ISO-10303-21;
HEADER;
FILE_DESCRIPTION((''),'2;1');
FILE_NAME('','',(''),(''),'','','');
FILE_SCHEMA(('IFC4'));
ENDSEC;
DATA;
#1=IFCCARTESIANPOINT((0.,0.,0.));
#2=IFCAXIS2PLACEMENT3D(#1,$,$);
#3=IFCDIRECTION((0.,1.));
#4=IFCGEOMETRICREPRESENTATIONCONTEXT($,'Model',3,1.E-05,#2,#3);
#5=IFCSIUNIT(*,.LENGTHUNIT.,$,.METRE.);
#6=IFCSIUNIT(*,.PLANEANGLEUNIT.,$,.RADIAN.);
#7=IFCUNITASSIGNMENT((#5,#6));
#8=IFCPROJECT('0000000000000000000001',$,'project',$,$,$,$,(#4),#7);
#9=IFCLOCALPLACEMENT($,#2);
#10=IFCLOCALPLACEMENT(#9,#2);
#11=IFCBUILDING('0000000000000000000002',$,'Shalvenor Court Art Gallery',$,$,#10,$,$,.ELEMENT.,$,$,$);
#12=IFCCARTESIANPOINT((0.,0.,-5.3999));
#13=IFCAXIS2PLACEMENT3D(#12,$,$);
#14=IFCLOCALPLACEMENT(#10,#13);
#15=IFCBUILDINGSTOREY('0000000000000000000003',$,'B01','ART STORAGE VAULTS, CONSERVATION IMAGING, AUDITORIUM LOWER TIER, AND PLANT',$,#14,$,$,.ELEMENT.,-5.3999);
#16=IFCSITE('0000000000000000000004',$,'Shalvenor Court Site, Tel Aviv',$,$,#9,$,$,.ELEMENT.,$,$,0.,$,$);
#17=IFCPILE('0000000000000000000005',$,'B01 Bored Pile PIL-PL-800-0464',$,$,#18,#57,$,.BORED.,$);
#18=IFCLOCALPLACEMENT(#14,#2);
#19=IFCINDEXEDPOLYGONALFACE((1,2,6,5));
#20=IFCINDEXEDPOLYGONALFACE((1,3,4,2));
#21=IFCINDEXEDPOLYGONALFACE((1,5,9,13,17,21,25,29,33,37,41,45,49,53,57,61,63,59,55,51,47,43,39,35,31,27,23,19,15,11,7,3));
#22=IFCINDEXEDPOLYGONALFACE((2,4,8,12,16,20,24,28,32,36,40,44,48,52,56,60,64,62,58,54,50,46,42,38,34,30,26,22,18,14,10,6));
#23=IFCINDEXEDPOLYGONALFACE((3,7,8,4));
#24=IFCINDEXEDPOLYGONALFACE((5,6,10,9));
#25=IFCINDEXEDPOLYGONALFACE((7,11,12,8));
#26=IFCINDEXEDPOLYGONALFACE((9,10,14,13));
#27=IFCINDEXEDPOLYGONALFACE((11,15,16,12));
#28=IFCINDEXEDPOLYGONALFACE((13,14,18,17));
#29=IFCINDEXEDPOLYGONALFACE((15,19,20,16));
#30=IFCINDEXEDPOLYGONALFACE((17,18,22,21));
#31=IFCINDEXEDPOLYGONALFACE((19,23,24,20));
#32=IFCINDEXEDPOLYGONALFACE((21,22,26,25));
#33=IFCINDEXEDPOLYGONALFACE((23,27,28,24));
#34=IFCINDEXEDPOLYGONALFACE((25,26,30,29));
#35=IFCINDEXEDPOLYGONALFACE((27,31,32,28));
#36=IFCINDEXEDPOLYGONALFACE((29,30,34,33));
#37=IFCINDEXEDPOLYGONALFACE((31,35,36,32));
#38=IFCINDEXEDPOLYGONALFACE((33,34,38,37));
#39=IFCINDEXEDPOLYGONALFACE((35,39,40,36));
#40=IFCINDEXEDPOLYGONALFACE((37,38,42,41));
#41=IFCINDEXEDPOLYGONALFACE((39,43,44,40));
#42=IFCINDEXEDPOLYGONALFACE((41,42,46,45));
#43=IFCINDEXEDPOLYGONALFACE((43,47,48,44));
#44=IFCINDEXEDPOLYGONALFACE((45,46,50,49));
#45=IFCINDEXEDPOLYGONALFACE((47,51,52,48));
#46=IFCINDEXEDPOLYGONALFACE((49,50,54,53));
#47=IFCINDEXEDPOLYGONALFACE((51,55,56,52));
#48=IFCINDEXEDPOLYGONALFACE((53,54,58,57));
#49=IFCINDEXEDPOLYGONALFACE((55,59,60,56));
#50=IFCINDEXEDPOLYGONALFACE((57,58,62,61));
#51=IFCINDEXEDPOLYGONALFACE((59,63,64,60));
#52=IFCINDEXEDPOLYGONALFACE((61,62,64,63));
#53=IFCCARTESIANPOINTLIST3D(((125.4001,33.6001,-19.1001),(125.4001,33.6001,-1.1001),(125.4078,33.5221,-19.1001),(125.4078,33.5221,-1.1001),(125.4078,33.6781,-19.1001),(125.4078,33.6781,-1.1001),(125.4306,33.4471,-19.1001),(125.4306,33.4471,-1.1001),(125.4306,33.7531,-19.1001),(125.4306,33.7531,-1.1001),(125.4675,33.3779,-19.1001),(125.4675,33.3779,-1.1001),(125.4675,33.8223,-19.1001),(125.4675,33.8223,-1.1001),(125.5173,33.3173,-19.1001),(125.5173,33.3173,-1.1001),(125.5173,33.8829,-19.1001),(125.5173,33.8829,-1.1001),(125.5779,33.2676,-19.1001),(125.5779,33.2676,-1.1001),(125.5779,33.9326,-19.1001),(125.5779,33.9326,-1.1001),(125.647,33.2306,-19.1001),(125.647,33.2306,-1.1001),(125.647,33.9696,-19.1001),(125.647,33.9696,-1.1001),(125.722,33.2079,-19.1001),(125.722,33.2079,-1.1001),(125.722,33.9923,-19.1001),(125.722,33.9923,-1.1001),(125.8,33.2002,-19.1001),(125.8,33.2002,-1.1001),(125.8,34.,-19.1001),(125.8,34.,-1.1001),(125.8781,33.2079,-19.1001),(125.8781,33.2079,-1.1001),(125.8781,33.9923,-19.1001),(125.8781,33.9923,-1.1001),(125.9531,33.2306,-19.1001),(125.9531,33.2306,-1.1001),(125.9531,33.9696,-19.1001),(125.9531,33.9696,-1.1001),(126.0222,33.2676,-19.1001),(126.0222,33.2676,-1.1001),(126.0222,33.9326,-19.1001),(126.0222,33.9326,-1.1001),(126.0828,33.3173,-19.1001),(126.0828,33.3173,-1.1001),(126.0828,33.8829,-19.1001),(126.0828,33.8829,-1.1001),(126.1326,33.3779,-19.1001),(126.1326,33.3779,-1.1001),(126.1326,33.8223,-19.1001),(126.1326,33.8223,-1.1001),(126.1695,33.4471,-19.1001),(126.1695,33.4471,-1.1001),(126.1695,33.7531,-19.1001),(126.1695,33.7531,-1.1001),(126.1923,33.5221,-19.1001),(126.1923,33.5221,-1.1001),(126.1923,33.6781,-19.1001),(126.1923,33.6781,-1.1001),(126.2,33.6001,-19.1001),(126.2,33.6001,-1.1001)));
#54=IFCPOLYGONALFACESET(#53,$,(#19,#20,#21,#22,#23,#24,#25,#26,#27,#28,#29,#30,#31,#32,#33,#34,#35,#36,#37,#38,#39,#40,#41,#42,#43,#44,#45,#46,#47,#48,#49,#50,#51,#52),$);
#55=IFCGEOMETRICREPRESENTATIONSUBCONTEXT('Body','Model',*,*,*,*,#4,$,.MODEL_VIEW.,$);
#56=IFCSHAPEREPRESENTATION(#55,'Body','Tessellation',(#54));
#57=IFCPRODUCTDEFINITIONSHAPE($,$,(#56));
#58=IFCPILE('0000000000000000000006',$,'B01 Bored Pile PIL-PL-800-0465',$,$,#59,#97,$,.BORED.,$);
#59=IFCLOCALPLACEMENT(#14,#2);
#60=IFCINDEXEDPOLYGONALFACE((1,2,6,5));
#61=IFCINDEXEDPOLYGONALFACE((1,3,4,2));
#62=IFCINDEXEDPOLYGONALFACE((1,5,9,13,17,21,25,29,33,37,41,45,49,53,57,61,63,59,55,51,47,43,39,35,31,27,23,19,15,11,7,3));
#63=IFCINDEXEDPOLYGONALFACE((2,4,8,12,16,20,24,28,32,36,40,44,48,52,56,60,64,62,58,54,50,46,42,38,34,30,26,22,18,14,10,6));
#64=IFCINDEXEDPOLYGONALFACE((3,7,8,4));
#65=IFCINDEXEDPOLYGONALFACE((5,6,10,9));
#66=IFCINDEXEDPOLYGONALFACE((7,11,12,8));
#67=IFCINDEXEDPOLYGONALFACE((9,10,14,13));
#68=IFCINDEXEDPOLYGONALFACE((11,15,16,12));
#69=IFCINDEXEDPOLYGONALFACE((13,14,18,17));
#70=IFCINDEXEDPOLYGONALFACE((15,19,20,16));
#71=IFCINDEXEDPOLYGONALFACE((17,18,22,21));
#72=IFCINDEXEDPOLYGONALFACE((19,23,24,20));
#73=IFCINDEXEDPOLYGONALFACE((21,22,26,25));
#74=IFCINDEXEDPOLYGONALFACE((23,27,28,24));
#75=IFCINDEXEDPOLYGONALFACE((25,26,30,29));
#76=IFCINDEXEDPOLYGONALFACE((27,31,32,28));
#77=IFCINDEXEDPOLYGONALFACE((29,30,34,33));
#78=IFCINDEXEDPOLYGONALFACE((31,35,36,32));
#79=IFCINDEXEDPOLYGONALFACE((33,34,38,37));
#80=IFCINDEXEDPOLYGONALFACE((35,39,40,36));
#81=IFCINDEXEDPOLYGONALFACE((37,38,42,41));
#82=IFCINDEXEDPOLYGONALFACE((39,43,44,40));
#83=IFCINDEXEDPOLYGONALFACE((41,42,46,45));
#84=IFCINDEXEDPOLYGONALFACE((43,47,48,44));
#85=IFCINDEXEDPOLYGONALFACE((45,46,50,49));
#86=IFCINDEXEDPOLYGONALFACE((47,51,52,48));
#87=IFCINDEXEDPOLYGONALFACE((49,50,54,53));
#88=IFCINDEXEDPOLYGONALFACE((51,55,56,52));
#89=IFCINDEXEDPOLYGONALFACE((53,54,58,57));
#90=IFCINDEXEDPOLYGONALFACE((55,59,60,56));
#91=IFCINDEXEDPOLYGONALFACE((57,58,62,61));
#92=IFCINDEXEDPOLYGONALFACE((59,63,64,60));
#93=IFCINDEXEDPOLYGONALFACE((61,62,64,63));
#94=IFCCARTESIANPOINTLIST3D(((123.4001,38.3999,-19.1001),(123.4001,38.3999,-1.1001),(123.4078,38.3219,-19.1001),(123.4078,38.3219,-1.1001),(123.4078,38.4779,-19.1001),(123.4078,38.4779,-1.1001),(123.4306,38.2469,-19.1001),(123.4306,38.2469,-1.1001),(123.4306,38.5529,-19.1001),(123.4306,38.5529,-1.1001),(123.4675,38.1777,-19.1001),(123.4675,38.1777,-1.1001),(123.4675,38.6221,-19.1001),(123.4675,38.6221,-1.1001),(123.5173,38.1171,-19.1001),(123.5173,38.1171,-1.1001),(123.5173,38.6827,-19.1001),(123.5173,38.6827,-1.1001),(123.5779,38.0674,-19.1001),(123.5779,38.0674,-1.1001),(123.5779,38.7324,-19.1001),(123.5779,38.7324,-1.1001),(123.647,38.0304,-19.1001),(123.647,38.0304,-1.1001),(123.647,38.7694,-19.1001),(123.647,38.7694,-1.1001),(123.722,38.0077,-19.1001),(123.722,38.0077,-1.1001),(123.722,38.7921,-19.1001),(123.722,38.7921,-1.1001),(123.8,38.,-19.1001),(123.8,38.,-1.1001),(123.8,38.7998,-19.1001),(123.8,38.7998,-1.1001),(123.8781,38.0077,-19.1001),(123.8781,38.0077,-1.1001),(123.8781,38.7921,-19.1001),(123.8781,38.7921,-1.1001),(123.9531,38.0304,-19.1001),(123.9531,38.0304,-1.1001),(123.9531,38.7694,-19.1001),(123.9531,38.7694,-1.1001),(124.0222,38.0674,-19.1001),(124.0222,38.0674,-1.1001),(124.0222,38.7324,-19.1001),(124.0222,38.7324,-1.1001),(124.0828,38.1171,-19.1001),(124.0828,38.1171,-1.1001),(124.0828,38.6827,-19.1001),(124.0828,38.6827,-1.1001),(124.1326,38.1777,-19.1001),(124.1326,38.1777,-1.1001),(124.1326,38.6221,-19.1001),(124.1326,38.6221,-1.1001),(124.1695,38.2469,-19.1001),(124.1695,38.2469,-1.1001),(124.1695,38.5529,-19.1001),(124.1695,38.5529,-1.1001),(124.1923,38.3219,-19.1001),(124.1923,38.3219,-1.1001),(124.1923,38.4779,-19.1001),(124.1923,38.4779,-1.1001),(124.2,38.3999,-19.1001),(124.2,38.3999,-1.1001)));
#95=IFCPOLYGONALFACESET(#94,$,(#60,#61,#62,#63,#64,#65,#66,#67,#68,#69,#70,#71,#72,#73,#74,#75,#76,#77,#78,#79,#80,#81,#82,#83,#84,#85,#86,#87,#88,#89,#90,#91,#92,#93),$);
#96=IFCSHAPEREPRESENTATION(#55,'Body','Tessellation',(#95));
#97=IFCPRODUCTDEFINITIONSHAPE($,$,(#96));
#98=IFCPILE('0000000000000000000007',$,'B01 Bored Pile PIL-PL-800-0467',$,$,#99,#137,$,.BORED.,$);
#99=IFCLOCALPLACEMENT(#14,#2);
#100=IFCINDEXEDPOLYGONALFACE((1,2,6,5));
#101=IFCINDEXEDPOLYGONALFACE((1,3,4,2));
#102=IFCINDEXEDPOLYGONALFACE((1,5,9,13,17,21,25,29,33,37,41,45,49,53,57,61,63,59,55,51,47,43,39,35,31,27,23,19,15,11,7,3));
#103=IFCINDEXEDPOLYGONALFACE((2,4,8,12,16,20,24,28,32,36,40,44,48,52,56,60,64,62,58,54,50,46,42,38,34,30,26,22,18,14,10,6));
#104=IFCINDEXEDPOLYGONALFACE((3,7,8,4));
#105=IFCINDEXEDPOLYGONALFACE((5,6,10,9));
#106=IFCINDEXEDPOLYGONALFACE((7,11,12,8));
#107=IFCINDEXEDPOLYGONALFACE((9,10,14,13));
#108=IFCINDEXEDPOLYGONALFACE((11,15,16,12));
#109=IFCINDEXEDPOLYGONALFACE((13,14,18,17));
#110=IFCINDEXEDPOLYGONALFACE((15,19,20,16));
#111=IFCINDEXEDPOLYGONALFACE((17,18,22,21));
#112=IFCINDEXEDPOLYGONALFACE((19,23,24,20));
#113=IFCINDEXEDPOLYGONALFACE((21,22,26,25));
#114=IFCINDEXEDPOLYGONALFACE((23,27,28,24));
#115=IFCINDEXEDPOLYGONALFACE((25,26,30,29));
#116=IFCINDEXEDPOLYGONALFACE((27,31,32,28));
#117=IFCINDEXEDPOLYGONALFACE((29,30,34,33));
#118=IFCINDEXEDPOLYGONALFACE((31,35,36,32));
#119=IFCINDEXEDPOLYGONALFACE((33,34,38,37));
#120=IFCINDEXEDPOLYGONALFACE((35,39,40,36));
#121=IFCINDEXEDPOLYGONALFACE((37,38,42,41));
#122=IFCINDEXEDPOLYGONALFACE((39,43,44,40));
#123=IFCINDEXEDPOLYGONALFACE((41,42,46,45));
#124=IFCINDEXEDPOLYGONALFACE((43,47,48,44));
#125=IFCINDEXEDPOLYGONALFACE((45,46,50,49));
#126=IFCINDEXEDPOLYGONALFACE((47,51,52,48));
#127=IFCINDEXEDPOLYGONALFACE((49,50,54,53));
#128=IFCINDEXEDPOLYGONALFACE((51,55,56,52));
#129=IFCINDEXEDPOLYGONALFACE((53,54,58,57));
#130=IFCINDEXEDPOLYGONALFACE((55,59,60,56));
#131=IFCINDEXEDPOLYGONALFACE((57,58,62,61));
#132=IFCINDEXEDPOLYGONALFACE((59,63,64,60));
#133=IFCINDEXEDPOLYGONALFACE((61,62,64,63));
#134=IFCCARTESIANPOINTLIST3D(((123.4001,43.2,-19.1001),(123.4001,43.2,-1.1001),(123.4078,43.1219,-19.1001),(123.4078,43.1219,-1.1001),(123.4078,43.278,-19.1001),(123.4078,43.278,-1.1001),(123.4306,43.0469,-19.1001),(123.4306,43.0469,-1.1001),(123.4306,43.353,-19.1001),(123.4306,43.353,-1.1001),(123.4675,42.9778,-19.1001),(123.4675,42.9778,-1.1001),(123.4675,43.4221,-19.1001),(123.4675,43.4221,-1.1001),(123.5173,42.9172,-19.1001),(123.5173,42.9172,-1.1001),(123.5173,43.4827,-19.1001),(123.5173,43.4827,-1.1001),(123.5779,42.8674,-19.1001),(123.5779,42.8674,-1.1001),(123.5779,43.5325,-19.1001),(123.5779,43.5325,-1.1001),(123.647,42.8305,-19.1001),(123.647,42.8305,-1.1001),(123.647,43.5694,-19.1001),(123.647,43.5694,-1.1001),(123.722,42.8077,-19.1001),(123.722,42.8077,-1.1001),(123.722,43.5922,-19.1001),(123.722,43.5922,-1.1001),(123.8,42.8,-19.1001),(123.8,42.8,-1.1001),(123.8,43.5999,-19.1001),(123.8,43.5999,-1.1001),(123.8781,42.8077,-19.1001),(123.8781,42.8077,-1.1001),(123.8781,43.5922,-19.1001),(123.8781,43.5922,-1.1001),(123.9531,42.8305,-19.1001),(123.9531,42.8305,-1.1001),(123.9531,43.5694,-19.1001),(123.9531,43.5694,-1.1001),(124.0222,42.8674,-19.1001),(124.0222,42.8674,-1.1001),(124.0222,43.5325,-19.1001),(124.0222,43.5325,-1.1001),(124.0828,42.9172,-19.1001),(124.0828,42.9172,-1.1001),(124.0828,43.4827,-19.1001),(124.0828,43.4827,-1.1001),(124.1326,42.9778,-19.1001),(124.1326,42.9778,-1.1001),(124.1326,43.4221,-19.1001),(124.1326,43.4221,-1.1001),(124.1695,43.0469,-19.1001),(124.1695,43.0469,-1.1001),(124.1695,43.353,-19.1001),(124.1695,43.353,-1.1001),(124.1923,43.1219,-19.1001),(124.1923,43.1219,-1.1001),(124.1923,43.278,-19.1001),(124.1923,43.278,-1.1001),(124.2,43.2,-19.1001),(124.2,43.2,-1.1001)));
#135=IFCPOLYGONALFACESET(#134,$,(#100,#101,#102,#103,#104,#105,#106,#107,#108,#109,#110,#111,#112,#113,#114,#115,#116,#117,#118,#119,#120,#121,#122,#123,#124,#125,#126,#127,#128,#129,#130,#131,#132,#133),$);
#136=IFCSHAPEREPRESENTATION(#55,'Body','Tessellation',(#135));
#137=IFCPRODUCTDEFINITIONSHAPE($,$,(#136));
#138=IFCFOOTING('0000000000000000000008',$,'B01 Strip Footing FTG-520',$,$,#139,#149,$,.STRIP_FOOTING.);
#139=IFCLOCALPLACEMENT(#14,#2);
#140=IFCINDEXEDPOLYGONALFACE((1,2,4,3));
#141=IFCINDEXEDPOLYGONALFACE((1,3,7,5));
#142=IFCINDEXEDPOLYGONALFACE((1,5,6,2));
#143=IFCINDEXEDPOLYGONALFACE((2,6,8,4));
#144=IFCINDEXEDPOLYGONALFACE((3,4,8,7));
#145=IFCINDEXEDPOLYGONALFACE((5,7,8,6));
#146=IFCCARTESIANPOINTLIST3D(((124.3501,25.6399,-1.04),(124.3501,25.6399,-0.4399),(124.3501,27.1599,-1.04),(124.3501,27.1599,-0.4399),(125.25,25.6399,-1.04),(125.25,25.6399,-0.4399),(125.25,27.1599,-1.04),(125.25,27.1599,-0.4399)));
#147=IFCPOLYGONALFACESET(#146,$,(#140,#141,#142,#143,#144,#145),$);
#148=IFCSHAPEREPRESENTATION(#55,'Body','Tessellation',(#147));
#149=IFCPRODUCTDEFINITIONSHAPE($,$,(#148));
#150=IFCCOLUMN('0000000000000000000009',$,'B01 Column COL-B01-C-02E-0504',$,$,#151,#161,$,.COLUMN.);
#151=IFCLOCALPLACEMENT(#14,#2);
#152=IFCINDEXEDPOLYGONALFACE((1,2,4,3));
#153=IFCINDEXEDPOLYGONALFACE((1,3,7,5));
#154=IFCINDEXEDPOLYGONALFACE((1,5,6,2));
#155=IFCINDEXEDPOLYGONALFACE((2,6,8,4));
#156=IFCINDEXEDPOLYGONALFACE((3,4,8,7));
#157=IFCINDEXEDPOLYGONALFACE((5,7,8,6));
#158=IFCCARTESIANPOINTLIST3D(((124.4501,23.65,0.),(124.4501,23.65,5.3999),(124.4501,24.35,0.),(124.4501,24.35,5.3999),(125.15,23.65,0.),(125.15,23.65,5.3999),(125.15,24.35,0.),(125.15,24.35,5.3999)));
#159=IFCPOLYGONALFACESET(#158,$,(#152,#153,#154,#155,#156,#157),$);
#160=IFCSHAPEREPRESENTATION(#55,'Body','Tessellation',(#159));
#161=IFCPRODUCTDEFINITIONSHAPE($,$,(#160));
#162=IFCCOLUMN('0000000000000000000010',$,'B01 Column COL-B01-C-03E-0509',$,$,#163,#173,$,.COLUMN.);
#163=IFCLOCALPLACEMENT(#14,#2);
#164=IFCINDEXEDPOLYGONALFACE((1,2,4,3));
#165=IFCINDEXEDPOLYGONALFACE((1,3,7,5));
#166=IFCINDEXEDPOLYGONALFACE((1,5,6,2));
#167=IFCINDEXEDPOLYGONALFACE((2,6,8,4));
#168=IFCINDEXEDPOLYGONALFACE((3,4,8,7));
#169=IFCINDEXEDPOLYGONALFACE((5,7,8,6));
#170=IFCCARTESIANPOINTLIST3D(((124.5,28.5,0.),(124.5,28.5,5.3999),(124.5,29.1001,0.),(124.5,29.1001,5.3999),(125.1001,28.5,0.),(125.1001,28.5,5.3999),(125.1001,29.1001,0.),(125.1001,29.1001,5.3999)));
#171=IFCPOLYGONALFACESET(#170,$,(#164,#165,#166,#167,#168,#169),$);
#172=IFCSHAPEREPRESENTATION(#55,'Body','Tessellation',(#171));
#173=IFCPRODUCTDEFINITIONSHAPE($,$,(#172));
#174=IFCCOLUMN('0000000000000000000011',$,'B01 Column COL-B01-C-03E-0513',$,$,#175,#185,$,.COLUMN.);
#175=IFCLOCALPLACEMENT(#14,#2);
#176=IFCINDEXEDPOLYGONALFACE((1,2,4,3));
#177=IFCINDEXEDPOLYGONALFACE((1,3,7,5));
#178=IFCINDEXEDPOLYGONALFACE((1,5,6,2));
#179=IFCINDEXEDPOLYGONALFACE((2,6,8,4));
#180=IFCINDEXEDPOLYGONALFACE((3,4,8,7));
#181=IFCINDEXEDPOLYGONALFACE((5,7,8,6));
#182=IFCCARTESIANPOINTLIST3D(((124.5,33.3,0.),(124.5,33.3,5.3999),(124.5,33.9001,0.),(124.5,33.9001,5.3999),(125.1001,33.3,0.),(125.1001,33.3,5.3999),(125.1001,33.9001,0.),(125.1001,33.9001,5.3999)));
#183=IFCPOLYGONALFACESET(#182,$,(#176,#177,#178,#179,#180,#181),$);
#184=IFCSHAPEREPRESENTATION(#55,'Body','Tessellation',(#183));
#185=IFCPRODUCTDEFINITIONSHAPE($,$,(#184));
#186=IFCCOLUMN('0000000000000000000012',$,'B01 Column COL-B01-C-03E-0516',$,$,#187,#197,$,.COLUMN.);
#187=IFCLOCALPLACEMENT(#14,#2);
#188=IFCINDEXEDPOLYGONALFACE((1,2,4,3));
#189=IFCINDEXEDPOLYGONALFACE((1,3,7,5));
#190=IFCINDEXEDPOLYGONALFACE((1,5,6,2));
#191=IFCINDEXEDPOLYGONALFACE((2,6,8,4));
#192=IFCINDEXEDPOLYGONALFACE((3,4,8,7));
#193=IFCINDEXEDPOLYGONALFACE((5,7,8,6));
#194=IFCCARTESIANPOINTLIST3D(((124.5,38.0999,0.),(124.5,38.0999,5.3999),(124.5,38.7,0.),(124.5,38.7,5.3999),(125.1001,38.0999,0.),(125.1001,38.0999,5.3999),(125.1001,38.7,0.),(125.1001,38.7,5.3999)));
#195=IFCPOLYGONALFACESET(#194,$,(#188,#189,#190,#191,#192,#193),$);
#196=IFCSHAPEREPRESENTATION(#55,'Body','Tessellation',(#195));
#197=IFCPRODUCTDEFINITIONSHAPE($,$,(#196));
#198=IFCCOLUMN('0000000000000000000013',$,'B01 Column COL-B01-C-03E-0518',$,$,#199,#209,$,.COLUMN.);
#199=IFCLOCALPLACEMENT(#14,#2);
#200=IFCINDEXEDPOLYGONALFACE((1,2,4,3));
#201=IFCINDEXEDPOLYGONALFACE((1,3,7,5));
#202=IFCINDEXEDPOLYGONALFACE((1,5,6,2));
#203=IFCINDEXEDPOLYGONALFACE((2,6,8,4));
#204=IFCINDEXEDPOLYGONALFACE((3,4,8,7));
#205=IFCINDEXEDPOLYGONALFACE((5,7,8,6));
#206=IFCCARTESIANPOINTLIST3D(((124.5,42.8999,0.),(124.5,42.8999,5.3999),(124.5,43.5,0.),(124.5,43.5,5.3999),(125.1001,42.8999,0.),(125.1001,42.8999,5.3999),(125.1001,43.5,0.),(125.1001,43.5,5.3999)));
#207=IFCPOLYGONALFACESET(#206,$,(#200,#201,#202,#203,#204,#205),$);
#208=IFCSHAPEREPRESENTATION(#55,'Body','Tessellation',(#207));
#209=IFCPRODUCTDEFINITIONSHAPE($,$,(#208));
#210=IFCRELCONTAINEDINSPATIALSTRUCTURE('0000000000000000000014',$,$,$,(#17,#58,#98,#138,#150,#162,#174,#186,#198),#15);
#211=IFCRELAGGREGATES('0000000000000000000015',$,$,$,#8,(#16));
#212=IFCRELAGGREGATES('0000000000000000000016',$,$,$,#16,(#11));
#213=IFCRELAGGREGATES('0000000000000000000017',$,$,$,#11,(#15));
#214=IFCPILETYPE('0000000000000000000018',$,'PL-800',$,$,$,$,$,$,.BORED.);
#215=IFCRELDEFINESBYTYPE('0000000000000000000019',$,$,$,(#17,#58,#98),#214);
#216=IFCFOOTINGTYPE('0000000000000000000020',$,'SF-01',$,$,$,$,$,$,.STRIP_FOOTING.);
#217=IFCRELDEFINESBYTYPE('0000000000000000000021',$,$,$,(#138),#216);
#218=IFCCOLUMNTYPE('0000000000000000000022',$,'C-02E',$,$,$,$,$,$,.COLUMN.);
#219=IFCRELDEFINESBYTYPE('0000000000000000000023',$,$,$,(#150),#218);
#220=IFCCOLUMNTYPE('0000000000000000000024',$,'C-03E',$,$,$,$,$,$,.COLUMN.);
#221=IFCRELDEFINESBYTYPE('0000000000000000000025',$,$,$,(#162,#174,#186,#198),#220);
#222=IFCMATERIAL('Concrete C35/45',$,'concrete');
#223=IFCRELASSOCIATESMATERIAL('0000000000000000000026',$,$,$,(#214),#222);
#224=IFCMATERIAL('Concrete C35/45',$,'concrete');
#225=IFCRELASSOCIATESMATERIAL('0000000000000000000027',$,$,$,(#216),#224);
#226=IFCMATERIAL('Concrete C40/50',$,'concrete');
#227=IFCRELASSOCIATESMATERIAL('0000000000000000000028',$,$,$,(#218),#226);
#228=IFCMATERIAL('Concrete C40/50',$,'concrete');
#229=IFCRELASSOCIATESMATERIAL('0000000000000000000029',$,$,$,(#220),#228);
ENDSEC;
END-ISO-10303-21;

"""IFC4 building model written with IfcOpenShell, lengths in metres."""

from ifc_helpers import new_model, si_unit, direction, frame, origin, origin_2d, place, context, subcontext, project, spatial, rectangle, circle, extrude, material, material_profile, profile_set, type_object, element, save


model = new_model("IFC4")

# Units and contexts
model_context = context("Model", 3, precision=1e-05, world=origin(), true_north=direction((0.0, 1.0)))
body_context = subcontext(model_context, "Body", "Model", "MODEL_VIEW")
ifc_project = project(units=[si_unit("LENGTHUNIT", "METRE"), si_unit("PLANEANGLEUNIT", "RADIAN")], contexts=[model_context])

# Site, building, storey
site_placement = place(None, origin())
site = spatial("IfcSite", under=ifc_project, at=site_placement, Name="Shalvenor Court Site, Tel Aviv", CompositionType="ELEMENT", RefElevation=0.0)
building_placement = place(site_placement, origin())
building = spatial("IfcBuilding", under=site, at=building_placement, Name="Shalvenor Court Art Gallery", CompositionType="ELEMENT")
storey_placement = place(building_placement, frame((0.0, 0.0, -5.3999)))
storey = spatial("IfcBuildingStorey", under=building, at=storey_placement, Name="B01", Description="ART STORAGE VAULTS, CONSERVATION IMAGING, AUDITORIUM LOWER TIER, AND PLANT", CompositionType="ELEMENT", Elevation=-5.3999)

# Piles
ifc_material_1 = material(Name="Concrete C35/45", Category="concrete")
ifc_material_profile_1 = material_profile(ifc_material_1, circle(Radius=0.3999, at=origin_2d()), Name="PILE 800")
ifc_profile_set_1 = profile_set([ifc_material_profile_1], Name="Concrete C35/45")
pile_type = type_object("IfcPileType", Name="PL-800", PredefinedType="BORED", material=ifc_profile_set_1)
for number, where, z_axis, x_axis, name in (
    (1, (125.8, 33.6001, -1.1001), (0.0, 0.0, -1.0), (1.0, 0.0, 0.0), "B01 Bored Pile PIL-PL-800-0464"),
    (2, (123.8, 38.3999, -1.1001), (0.0, 0.0, -1.0), (1.0, 0.0, 0.0), "B01 Bored Pile PIL-PL-800-0465"),
    (3, (123.8, 43.2, -1.1001), (0.0, 0.0, -1.0), (1.0, 0.0, 0.0), "B01 Bored Pile PIL-PL-800-0467"),
):
    element("IfcPile", number, at=place(storey_placement, frame(where, z_axis=z_axis, x_axis=x_axis)), inside=storey, type_object=pile_type, Name=name, PredefinedType="BORED", context=body_context, shape_type="SweptSolid", body=[
        extrude(circle(Radius=0.3999, at=origin_2d()), origin(), (0.0, 0.0, 1.0), 18.0),
    ])

# Footing
ifc_material_2 = material(Name="Concrete C35/45", Category="concrete")
footing_type_1 = type_object("IfcFootingType", Name="SF-01", PredefinedType="STRIP_FOOTING", material=ifc_material_2)
footing_1_placement = place(storey_placement, frame((124.8, 26.3999, -1.04), z_axis=(0.0, 0.0, 1.0), x_axis=(0.0, 1.0, 0.0)))
element("IfcFooting", 4, at=footing_1_placement, inside=storey, type_object=footing_type_1, Name="B01 Strip Footing FTG-520", PredefinedType="STRIP_FOOTING", context=body_context, shape_type="SweptSolid", body=[
    extrude(rectangle(XDim=1.52, YDim=0.8999, at=origin_2d()), origin(), (0.0, 0.0, 1.0), 0.6001),
])

# Columns
ifc_material_3 = material(Name="Concrete C40/50", Category="concrete")
ifc_material_profile_2 = material_profile(ifc_material_3, rectangle(XDim=0.7, YDim=0.7, at=origin_2d()), Name="RC 700x700")
ifc_profile_set_2 = profile_set([ifc_material_profile_2], Name="Concrete C40/50")
column_type_1 = type_object("IfcColumnType", Name="C-02E", PredefinedType="COLUMN", material=ifc_profile_set_2)
column_placement = place(storey_placement, frame((124.8, 24.0, 0.0), z_axis=(0.0, 0.0, 1.0), x_axis=(1.0, 0.0, 0.0)))
element("IfcColumn", 5, at=column_placement, inside=storey, type_object=column_type_1, Name="B01 Column COL-B01-C-02E-0504", PredefinedType="COLUMN", context=body_context, shape_type="SweptSolid", body=[
    extrude(rectangle(XDim=0.7, YDim=0.7, at=origin_2d()), origin(), (0.0, 0.0, 1.0), 5.3999),
])
ifc_material_4 = material(Name="Concrete C40/50", Category="concrete")
ifc_material_profile_3 = material_profile(ifc_material_4, rectangle(XDim=0.6001, YDim=0.6001, at=origin_2d()), Name="RC 600x600")
ifc_profile_set_3 = profile_set([ifc_material_profile_3], Name="Concrete C40/50")
column_type_2 = type_object("IfcColumnType", Name="C-03E", PredefinedType="COLUMN", material=ifc_profile_set_3)
for number, where, z_axis, x_axis, name in (
    (6, (124.8, 28.8, 0.0), (0.0, 0.0, 1.0), (1.0, 0.0, 0.0), "B01 Column COL-B01-C-03E-0509"),
    (7, (124.8, 33.6001, 0.0), (0.0, 0.0, 1.0), (1.0, 0.0, 0.0), "B01 Column COL-B01-C-03E-0513"),
    (8, (124.8, 38.3999, 0.0), (0.0, 0.0, 1.0), (1.0, 0.0, 0.0), "B01 Column COL-B01-C-03E-0516"),
    (9, (124.8, 43.2, 0.0), (0.0, 0.0, 1.0), (1.0, 0.0, 0.0), "B01 Column COL-B01-C-03E-0518"),
):
    element("IfcColumn", number, at=place(storey_placement, frame(where, z_axis=z_axis, x_axis=x_axis)), inside=storey, type_object=column_type_2, Name=name, PredefinedType="COLUMN", context=body_context, shape_type="SweptSolid", body=[
        extrude(rectangle(XDim=0.6001, YDim=0.6001, at=origin_2d()), origin(), (0.0, 0.0, 1.0), 5.3999),
    ])

save(model, "model.ifc")
